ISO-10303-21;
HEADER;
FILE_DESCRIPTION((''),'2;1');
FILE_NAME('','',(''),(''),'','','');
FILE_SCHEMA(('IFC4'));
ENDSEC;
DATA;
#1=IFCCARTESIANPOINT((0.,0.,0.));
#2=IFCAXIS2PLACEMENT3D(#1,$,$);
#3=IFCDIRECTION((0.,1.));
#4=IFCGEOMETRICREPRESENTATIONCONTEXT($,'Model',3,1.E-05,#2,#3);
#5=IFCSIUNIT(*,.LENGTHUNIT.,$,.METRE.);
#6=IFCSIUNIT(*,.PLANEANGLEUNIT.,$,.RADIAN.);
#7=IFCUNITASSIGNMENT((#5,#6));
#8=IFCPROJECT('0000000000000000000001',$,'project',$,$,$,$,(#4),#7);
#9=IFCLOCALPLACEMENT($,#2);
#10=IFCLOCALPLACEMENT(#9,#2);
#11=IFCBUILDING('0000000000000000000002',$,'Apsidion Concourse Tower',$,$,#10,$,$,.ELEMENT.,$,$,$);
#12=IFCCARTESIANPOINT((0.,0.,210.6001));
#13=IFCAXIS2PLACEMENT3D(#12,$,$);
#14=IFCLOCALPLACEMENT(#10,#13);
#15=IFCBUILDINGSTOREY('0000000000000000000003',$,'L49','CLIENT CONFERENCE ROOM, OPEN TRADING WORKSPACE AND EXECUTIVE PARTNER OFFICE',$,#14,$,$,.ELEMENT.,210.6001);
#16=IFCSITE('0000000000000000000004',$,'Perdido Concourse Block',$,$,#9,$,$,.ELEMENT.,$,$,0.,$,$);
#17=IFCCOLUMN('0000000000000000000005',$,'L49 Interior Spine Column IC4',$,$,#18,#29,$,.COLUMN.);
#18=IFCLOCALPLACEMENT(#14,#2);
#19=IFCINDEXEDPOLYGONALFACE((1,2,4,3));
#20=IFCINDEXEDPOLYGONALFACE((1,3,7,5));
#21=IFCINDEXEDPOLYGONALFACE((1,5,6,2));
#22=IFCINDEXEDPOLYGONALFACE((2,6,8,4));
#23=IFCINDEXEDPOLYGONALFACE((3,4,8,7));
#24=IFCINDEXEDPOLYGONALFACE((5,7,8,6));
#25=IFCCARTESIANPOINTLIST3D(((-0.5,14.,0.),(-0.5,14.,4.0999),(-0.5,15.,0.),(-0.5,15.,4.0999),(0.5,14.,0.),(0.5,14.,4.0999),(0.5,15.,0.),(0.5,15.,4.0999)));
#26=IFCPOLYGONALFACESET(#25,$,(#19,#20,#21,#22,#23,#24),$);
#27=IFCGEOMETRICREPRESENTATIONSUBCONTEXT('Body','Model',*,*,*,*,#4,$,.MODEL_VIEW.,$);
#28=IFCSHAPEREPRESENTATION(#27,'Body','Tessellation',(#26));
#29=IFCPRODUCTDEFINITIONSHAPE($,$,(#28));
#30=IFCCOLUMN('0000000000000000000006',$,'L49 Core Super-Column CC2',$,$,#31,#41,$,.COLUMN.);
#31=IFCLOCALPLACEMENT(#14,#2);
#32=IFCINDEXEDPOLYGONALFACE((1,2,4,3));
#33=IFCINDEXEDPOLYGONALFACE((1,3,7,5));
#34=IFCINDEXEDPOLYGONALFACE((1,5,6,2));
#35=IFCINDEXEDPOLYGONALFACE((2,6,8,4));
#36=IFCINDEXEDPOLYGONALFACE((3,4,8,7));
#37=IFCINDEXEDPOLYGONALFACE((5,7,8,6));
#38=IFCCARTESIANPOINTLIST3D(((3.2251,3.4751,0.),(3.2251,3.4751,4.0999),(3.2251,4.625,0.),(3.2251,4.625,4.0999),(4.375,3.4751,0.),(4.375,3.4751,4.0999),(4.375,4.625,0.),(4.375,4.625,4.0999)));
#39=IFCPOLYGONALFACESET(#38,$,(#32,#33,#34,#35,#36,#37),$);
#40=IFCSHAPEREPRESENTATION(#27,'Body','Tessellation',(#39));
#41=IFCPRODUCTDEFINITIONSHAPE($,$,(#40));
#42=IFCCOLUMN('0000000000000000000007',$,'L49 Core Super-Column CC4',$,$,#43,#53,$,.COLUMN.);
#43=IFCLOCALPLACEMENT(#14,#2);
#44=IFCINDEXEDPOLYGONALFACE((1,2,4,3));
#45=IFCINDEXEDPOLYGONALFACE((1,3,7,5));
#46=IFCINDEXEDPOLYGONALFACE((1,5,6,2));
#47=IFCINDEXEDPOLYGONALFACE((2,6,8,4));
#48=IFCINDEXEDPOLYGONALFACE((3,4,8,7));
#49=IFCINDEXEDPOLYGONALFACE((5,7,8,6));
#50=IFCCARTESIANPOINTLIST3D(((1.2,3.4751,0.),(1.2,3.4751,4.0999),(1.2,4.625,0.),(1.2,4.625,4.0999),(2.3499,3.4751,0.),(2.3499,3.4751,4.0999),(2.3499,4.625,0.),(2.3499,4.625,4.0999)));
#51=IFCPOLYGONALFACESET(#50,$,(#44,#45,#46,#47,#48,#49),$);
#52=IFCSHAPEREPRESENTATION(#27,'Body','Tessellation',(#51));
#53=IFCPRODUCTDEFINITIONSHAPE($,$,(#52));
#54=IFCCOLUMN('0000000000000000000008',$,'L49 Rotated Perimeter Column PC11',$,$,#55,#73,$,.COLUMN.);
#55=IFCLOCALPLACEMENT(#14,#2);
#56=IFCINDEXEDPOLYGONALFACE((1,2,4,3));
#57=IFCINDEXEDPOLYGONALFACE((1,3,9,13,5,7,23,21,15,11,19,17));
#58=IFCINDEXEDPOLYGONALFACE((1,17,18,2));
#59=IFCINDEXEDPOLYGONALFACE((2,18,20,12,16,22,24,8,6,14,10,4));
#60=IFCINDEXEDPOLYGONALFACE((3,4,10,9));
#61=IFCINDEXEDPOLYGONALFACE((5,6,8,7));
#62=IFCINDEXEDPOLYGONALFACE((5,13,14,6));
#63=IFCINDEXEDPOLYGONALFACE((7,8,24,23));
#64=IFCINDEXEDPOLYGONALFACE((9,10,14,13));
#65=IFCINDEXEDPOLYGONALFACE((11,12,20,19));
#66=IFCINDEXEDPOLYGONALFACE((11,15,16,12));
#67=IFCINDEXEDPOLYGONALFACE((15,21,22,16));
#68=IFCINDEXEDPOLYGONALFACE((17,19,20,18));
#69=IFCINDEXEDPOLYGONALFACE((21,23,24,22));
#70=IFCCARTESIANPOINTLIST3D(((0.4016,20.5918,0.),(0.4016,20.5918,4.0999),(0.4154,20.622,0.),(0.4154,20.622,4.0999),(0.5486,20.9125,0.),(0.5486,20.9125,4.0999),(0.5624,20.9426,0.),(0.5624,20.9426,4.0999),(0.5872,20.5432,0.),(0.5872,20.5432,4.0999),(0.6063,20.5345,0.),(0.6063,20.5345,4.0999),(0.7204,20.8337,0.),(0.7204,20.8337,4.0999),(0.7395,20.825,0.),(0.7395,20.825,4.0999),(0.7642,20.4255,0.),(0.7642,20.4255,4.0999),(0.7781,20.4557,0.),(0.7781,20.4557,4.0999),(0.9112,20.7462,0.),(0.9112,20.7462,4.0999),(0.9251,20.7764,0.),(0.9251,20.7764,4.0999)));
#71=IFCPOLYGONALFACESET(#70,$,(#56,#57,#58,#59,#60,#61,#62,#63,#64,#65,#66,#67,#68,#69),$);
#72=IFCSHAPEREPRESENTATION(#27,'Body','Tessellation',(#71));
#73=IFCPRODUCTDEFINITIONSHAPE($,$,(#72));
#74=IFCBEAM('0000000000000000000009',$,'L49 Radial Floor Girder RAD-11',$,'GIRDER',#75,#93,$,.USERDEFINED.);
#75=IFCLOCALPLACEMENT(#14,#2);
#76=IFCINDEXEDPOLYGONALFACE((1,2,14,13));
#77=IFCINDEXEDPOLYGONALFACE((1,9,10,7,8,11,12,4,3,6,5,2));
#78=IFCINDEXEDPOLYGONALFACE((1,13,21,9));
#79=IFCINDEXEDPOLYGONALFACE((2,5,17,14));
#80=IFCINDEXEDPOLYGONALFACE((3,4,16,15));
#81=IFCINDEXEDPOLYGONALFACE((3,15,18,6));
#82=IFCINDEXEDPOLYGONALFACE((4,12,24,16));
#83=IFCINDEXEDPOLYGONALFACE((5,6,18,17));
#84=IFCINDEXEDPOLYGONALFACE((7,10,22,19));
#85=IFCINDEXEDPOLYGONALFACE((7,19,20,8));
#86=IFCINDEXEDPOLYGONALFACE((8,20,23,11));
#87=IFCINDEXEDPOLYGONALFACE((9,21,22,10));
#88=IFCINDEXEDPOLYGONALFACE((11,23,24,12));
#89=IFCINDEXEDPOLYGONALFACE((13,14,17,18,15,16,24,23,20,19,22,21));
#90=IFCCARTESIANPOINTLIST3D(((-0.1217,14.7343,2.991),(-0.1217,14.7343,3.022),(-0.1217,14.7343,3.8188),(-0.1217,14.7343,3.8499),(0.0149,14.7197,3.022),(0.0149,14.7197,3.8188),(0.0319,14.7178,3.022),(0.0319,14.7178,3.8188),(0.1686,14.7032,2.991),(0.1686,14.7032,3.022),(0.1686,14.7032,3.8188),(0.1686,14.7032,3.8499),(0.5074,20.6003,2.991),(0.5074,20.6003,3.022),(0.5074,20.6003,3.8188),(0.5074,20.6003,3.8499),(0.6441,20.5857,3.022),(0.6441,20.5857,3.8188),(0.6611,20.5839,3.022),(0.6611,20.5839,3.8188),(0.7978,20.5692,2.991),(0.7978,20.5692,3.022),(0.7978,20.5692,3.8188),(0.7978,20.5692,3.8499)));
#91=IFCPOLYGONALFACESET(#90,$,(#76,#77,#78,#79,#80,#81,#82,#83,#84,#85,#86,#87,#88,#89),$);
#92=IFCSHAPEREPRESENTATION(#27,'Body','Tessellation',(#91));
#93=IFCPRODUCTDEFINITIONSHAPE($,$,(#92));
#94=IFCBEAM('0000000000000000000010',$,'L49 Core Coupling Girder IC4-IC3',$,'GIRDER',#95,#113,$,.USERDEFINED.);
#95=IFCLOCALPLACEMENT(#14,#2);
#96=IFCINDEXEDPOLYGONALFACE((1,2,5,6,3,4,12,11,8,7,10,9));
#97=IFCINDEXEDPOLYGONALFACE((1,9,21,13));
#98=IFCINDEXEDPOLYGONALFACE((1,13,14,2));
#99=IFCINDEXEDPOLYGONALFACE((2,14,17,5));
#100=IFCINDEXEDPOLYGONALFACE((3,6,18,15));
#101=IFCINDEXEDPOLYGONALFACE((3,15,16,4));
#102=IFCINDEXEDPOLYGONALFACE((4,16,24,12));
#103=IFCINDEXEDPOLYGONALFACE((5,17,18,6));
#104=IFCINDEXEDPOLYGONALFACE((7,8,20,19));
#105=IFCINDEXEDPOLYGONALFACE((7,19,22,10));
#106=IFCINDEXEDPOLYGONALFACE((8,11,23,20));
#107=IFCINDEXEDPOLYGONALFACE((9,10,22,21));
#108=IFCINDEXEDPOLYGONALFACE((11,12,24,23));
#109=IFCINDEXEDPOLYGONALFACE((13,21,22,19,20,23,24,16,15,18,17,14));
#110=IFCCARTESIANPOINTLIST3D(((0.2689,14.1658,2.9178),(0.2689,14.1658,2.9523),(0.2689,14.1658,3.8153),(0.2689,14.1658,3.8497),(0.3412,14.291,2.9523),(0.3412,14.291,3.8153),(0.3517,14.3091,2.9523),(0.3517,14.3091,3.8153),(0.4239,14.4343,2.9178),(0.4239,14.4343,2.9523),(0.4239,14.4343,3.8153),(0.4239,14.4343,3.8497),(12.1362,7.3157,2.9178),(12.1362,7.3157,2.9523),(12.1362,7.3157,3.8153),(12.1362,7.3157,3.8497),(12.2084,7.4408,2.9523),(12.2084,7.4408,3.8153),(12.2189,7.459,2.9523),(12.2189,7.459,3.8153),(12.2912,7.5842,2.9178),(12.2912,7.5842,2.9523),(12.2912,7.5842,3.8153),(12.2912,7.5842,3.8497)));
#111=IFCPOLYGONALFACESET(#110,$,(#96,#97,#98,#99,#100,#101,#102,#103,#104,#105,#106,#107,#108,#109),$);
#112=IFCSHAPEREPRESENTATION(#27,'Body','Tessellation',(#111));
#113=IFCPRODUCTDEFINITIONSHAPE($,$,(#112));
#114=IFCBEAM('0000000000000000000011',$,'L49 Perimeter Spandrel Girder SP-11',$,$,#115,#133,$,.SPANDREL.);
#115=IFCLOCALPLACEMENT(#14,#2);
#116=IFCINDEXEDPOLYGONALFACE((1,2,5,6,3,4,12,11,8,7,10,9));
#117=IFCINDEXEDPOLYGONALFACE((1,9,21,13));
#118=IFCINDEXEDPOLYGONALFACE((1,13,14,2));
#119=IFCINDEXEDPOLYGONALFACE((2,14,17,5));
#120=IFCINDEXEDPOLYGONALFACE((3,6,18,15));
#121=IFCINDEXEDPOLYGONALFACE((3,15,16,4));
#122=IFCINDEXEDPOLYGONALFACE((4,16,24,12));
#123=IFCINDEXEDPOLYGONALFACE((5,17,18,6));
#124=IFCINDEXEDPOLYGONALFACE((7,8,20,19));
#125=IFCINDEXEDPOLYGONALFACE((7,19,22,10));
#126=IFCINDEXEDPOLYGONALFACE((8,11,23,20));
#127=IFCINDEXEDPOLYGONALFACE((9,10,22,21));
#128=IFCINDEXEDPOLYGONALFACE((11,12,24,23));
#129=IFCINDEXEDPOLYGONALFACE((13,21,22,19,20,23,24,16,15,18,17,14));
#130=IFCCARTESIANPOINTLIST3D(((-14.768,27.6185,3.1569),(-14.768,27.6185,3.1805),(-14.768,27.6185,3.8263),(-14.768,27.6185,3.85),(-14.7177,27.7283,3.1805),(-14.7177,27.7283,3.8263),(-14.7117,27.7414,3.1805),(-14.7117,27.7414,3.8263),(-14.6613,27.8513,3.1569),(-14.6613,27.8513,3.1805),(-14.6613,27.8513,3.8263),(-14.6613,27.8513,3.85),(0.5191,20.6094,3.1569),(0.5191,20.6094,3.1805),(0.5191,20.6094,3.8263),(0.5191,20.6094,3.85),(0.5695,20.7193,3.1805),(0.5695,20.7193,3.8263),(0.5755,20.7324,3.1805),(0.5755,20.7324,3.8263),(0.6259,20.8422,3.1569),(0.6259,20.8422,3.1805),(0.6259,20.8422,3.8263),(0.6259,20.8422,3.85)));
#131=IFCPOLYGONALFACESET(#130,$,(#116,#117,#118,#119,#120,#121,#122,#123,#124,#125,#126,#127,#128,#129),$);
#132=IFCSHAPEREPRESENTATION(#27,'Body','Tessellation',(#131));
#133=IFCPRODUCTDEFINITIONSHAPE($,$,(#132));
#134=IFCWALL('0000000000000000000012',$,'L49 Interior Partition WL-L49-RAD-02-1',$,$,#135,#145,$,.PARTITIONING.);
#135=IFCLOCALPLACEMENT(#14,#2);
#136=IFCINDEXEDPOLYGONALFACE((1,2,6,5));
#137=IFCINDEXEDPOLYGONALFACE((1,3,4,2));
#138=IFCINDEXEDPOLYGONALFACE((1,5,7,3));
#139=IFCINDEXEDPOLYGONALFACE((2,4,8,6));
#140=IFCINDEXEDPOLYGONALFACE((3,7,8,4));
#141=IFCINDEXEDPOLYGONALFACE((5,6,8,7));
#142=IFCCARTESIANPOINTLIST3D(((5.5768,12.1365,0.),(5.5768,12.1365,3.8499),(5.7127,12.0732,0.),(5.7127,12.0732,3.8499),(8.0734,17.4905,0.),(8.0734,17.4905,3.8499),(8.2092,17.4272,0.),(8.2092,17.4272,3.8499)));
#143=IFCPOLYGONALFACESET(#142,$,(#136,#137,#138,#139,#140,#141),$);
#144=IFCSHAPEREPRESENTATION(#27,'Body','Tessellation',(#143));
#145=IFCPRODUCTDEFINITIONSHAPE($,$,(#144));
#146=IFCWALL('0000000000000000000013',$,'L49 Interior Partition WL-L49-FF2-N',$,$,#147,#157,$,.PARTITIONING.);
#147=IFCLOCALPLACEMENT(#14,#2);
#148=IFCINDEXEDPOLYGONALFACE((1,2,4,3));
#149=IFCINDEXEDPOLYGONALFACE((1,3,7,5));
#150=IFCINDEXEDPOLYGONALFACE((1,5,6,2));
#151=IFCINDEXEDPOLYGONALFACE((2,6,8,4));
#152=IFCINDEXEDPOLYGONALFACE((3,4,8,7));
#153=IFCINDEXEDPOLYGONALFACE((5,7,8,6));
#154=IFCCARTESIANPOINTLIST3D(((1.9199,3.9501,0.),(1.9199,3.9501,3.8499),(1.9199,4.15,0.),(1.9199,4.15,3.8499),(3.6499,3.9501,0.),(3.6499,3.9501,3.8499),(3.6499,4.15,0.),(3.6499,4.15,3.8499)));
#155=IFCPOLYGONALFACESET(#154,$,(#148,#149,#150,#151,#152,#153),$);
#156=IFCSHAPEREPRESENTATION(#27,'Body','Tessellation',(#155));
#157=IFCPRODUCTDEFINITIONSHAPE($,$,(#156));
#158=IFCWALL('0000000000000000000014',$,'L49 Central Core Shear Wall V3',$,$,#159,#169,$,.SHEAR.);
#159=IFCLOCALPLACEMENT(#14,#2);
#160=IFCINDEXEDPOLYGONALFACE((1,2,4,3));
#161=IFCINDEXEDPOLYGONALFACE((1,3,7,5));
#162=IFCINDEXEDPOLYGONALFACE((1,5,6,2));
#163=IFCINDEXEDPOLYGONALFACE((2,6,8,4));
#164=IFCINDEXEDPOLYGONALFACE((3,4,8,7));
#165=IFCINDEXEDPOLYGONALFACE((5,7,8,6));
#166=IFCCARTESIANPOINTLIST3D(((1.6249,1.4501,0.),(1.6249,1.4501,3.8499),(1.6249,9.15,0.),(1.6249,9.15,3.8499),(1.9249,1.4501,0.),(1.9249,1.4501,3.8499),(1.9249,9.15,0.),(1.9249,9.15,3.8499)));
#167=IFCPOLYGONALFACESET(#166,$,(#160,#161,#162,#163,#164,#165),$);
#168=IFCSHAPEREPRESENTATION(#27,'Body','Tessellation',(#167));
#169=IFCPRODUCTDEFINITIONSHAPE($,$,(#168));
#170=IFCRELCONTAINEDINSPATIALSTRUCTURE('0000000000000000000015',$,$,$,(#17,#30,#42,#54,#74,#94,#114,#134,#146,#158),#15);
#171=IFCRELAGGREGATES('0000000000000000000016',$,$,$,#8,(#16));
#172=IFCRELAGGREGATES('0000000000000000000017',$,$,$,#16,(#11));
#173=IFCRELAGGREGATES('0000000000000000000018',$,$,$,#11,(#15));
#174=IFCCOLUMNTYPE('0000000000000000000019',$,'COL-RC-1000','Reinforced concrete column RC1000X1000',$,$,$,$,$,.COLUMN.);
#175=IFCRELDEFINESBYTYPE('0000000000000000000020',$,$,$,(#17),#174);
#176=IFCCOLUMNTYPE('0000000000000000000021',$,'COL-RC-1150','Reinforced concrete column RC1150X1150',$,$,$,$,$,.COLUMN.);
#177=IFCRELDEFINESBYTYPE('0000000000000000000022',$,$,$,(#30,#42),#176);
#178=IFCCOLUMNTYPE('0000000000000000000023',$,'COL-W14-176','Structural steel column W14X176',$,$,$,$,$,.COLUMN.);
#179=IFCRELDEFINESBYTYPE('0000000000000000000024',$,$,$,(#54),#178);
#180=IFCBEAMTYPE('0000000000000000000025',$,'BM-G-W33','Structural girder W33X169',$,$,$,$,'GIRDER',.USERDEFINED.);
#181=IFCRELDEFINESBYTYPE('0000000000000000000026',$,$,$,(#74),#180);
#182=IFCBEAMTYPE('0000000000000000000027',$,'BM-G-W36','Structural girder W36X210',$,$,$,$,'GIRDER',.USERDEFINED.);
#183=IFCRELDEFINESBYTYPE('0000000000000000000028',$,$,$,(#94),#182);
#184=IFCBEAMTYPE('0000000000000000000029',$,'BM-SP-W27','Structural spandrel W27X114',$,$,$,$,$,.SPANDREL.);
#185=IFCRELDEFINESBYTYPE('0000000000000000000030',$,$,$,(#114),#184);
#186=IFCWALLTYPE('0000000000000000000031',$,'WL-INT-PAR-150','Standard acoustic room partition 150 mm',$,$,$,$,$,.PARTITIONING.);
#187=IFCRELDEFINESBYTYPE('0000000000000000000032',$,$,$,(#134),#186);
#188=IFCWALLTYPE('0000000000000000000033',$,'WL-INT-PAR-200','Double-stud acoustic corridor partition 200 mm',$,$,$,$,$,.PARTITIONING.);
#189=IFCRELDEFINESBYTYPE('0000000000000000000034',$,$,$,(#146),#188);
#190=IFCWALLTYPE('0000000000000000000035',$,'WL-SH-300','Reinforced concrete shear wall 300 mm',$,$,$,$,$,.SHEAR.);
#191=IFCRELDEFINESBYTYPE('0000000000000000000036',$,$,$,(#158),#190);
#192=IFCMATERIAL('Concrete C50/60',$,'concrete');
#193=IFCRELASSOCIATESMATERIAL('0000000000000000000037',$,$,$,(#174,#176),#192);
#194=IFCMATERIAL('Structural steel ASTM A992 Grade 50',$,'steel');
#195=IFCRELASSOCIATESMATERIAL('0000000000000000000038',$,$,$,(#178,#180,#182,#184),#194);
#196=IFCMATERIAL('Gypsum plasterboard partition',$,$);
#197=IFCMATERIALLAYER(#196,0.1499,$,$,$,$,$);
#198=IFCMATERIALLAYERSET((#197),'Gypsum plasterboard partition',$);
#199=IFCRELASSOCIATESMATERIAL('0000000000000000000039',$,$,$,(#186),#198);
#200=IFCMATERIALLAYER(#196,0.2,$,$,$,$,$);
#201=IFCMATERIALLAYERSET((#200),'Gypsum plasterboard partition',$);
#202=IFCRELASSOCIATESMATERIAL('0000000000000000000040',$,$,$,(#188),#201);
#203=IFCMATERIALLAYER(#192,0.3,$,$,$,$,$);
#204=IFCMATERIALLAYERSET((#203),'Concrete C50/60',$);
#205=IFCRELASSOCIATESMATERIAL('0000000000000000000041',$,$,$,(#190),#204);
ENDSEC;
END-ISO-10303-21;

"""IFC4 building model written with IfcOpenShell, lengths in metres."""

from ifc_helpers import new_model, si_unit, direction, frame, frame_2d, origin, origin_2d, place, context, subcontext, project, spatial, rectangle, i_section, extrude, material, layer, layer_set, material_profile, profile_set, type_object, element, save


model = new_model("IFC4")

# Units and contexts
model_context = context("Model", 3, precision=1e-05, world=origin(), true_north=direction((0.0, 1.0)))
body_context = subcontext(model_context, "Body", "Model", "MODEL_VIEW")
ifc_project = project(units=[si_unit("LENGTHUNIT", "METRE"), si_unit("PLANEANGLEUNIT", "RADIAN")], contexts=[model_context])

# Site, building, storey
site_placement = place(None, origin())
site = spatial("IfcSite", under=ifc_project, at=site_placement, Name="Perdido Concourse Block", CompositionType="ELEMENT", RefElevation=0.0)
building_placement = place(site_placement, origin())
building = spatial("IfcBuilding", under=site, at=building_placement, Name="Apsidion Concourse Tower", CompositionType="ELEMENT")
storey_placement = place(building_placement, frame((0.0, 0.0, 210.6001)))
storey = spatial("IfcBuildingStorey", under=building, at=storey_placement, Name="L49", Description="CLIENT CONFERENCE ROOM, OPEN TRADING WORKSPACE AND EXECUTIVE PARTNER OFFICE", CompositionType="ELEMENT", Elevation=210.6001)

# Columns
ifc_material_1 = material(Name="Concrete C50/60", Category="concrete")
ifc_material_profile_1 = material_profile(ifc_material_1, rectangle(XDim=1.0, YDim=1.0, at=origin_2d()), Name="RC 1000x1000")
ifc_profile_set_1 = profile_set([ifc_material_profile_1], Name="Concrete C50/60")
column_type_1 = type_object("IfcColumnType", Name="COL-RC-1000", Description="Reinforced concrete column RC1000X1000", PredefinedType="COLUMN", material=ifc_profile_set_1)
column_1_placement = place(storey_placement, frame((0.0, 14.5, 0.0), z_axis=(0.0, 0.0, 1.0), x_axis=(1.0, 0.0, 0.0)))
element("IfcColumn", 1, at=column_1_placement, inside=storey, type_object=column_type_1, Name="L49 Interior Spine Column IC4", PredefinedType="COLUMN", context=body_context, shape_type="SweptSolid", body=[
    extrude(rectangle(XDim=1.0, YDim=1.0, at=origin_2d()), origin(), (0.0, 0.0, 1.0), 4.0999),
])
ifc_material_profile_2 = material_profile(ifc_material_1, rectangle(XDim=1.1499, YDim=1.1499, at=origin_2d()), Name="RC 1150x1150")
ifc_profile_set_2 = profile_set([ifc_material_profile_2], Name="Concrete C50/60")
column_type_2 = type_object("IfcColumnType", Name="COL-RC-1150", Description="Reinforced concrete column RC1150X1150", PredefinedType="COLUMN", material=ifc_profile_set_2)
for number, where, z_axis, x_axis, name in (
    (2, (3.8, 4.05, 0.0), (0.0, 0.0, 1.0), (1.0, 0.0, 0.0), "L49 Core Super-Column CC2"),
    (3, (1.7749, 4.05, 0.0), (0.0, 0.0, 1.0), (1.0, 0.0, 0.0), "L49 Core Super-Column CC4"),
):
    element("IfcColumn", number, at=place(storey_placement, frame(where, z_axis=z_axis, x_axis=x_axis)), inside=storey, type_object=column_type_2, Name=name, PredefinedType="COLUMN", context=body_context, shape_type="SweptSolid", body=[
        extrude(rectangle(XDim=1.1499, YDim=1.1499, at=origin_2d()), origin(), (0.0, 0.0, 1.0), 4.0999),
    ])
ifc_material_2 = material(Name="Structural steel ASTM A992 Grade 50", Category="steel")
ifc_material_profile_3 = material_profile(ifc_material_2, i_section(OverallWidth=0.3989, OverallDepth=0.386, WebThickness=0.021, FlangeThickness=0.0332, at=origin_2d()), Name="W14X176")
ifc_profile_set_3 = profile_set([ifc_material_profile_3], Name="Structural steel ASTM A992 Grade 50")
column_type_3 = type_object("IfcColumnType", Name="COL-W14-176", Description="Structural steel column W14X176", PredefinedType="COLUMN", material=ifc_profile_set_3)
column_2_placement = place(storey_placement, frame((0.6633, 20.6841, 0.0), z_axis=(0.0, 0.0, 1.0), x_axis=(-0.909018, 0.416757, 0.0)))
element("IfcColumn", 4, at=column_2_placement, inside=storey, type_object=column_type_3, Name="L49 Rotated Perimeter Column PC11", PredefinedType="COLUMN", context=body_context, shape_type="SweptSolid", body=[
    extrude(i_section(OverallWidth=0.3989, OverallDepth=0.386, WebThickness=0.021, FlangeThickness=0.0332, at=origin_2d()), origin(), (0.0, 0.0, 1.0), 4.0999),
])

# Beams
ifc_material_profile_4 = material_profile(ifc_material_2, i_section(OverallWidth=0.292, OverallDepth=0.8589, WebThickness=0.0171, FlangeThickness=0.031, at=origin_2d()), Name="W33X169")
ifc_profile_set_4 = profile_set([ifc_material_profile_4], Name="Structural steel ASTM A992 Grade 50")
beam_type_1 = type_object("IfcBeamType", Name="BM-G-W33", Description="Structural girder W33X169", ElementType="GIRDER", PredefinedType="USERDEFINED", material=ifc_profile_set_4)
beam_1_placement = place(storey_placement, frame((0.0234, 14.7188, 3.4204), z_axis=(0.106643, 0.994297, 0.0), x_axis=(-0.994297, 0.106643, 0.0)))
element("IfcBeam", 5, at=beam_1_placement, inside=storey, type_object=beam_type_1, Name="L49 Radial Floor Girder RAD-11", ObjectType="GIRDER", PredefinedType="USERDEFINED", context=body_context, shape_type="SweptSolid", body=[
    extrude(i_section(OverallWidth=0.292, OverallDepth=0.8589, WebThickness=0.0171, FlangeThickness=0.031, at=origin_2d()), origin(), (0.0, 0.0, 1.0), 5.8997),
])
ifc_material_profile_5 = material_profile(ifc_material_2, i_section(OverallWidth=0.3101, OverallDepth=0.9319, WebThickness=0.021, FlangeThickness=0.0344, at=origin_2d()), Name="W36X210")
ifc_profile_set_5 = profile_set([ifc_material_profile_5], Name="Structural steel ASTM A992 Grade 50")
beam_type_2 = type_object("IfcBeamType", Name="BM-G-W36", Description="Structural girder W36X210", ElementType="GIRDER", PredefinedType="USERDEFINED", material=ifc_profile_set_5)
beam_2_placement = place(storey_placement, frame((0.3464, 14.3, 3.3838), z_axis=(0.86607, -0.499922, 0.0), x_axis=(0.499922, 0.86607, 0.0)))
element("IfcBeam", 6, at=beam_2_placement, inside=storey, type_object=beam_type_2, Name="L49 Core Coupling Girder IC4-IC3", ObjectType="GIRDER", PredefinedType="USERDEFINED", context=body_context, shape_type="SweptSolid", body=[
    extrude(i_section(OverallWidth=0.3101, OverallDepth=0.9319, WebThickness=0.021, FlangeThickness=0.0344, at=origin_2d()), origin(), (0.0, 0.0, 1.0), 13.7024),
])
ifc_material_profile_6 = material_profile(ifc_material_2, i_section(OverallWidth=0.2561, OverallDepth=0.6931, WebThickness=0.0144, FlangeThickness=0.0237, at=origin_2d()), Name="W27X114")
ifc_profile_set_6 = profile_set([ifc_material_profile_6], Name="Structural steel ASTM A992 Grade 50")
beam_type_3 = type_object("IfcBeamType", Name="BM-SP-W27", Description="Structural spandrel W27X114", PredefinedType="SPANDREL", material=ifc_profile_set_6)
beam_3_placement = place(storey_placement, frame((0.5725, 20.7258, 3.5034), z_axis=(-0.90901, 0.416775, 0.0), x_axis=(-0.416775, -0.90901, 0.0)))
element("IfcBeam", 7, at=beam_3_placement, inside=storey, type_object=beam_type_3, Name="L49 Perimeter Spandrel Girder SP-11", PredefinedType="SPANDREL", context=body_context, shape_type="SweptSolid", body=[
    extrude(i_section(OverallWidth=0.2561, OverallDepth=0.6931, WebThickness=0.0144, FlangeThickness=0.0237, at=origin_2d()), origin(), (0.0, 0.0, 1.0), 16.8174),
])

# Walls
ifc_material_3 = material(Name="Gypsum plasterboard partition")
ifc_layer_1 = layer(ifc_material_3, 0.1499)
ifc_layer_set_1 = layer_set([ifc_layer_1], Name="Gypsum plasterboard partition")
wall_type_1 = type_object("IfcWallType", Name="WL-INT-PAR-150", Description="Standard acoustic room partition 150 mm", PredefinedType="PARTITIONING", material=ifc_layer_set_1)
wall_1_placement = place(storey_placement, frame((5.6448, 12.105, 0.0), z_axis=(0.0, 0.0, 1.0), x_axis=(0.422614, 0.90631, 0.0)))
element("IfcWall", 8, at=wall_1_placement, inside=storey, type_object=wall_type_1, Name="L49 Interior Partition WL-L49-RAD-02-1", PredefinedType="PARTITIONING", context=body_context, shape_type="SweptSolid", body=[
    extrude(rectangle(XDim=5.9075, YDim=0.1499, at=frame_2d((2.9536, 0.0))), origin(), (0.0, 0.0, 1.0), 3.8499),
])
ifc_layer_2 = layer(ifc_material_3, 0.2)
ifc_layer_set_2 = layer_set([ifc_layer_2], Name="Gypsum plasterboard partition")
wall_type_2 = type_object("IfcWallType", Name="WL-INT-PAR-200", Description="Double-stud acoustic corridor partition 200 mm", PredefinedType="PARTITIONING", material=ifc_layer_set_2)
wall_2_placement = place(storey_placement, frame((1.9199, 4.05, 0.0), z_axis=(0.0, 0.0, 1.0), x_axis=(1.0, 0.0, 0.0)))
element("IfcWall", 9, at=wall_2_placement, inside=storey, type_object=wall_type_2, Name="L49 Interior Partition WL-L49-FF2-N", PredefinedType="PARTITIONING", context=body_context, shape_type="SweptSolid", body=[
    extrude(rectangle(XDim=1.73, YDim=0.2, at=frame_2d((0.865, 0.0))), origin(), (0.0, 0.0, 1.0), 3.8499),
])
ifc_layer_3 = layer(ifc_material_1, 0.3)
ifc_layer_set_3 = layer_set([ifc_layer_3], Name="Concrete C50/60")
wall_type_3 = type_object("IfcWallType", Name="WL-SH-300", Description="Reinforced concrete shear wall 300 mm", PredefinedType="SHEAR", material=ifc_layer_set_3)
for number, where, z_axis, x_axis, name in (
    (10, (1.7749, 1.45, 0.0), (0.0, 0.0, 1.0), (0.0, 1.0, 0.0), "L49 Central Core Shear Wall V3"),
):
    element("IfcWall", number, at=place(storey_placement, frame(where, z_axis=z_axis, x_axis=x_axis)), inside=storey, type_object=wall_type_3, Name=name, PredefinedType="SHEAR", context=body_context, shape_type="SweptSolid", body=[
        extrude(rectangle(XDim=7.7, YDim=0.3, at=frame_2d((3.8501, 0.0))), origin(), (0.0, 0.0, 1.0), 3.8499),
    ])

save(model, "model.ifc")
